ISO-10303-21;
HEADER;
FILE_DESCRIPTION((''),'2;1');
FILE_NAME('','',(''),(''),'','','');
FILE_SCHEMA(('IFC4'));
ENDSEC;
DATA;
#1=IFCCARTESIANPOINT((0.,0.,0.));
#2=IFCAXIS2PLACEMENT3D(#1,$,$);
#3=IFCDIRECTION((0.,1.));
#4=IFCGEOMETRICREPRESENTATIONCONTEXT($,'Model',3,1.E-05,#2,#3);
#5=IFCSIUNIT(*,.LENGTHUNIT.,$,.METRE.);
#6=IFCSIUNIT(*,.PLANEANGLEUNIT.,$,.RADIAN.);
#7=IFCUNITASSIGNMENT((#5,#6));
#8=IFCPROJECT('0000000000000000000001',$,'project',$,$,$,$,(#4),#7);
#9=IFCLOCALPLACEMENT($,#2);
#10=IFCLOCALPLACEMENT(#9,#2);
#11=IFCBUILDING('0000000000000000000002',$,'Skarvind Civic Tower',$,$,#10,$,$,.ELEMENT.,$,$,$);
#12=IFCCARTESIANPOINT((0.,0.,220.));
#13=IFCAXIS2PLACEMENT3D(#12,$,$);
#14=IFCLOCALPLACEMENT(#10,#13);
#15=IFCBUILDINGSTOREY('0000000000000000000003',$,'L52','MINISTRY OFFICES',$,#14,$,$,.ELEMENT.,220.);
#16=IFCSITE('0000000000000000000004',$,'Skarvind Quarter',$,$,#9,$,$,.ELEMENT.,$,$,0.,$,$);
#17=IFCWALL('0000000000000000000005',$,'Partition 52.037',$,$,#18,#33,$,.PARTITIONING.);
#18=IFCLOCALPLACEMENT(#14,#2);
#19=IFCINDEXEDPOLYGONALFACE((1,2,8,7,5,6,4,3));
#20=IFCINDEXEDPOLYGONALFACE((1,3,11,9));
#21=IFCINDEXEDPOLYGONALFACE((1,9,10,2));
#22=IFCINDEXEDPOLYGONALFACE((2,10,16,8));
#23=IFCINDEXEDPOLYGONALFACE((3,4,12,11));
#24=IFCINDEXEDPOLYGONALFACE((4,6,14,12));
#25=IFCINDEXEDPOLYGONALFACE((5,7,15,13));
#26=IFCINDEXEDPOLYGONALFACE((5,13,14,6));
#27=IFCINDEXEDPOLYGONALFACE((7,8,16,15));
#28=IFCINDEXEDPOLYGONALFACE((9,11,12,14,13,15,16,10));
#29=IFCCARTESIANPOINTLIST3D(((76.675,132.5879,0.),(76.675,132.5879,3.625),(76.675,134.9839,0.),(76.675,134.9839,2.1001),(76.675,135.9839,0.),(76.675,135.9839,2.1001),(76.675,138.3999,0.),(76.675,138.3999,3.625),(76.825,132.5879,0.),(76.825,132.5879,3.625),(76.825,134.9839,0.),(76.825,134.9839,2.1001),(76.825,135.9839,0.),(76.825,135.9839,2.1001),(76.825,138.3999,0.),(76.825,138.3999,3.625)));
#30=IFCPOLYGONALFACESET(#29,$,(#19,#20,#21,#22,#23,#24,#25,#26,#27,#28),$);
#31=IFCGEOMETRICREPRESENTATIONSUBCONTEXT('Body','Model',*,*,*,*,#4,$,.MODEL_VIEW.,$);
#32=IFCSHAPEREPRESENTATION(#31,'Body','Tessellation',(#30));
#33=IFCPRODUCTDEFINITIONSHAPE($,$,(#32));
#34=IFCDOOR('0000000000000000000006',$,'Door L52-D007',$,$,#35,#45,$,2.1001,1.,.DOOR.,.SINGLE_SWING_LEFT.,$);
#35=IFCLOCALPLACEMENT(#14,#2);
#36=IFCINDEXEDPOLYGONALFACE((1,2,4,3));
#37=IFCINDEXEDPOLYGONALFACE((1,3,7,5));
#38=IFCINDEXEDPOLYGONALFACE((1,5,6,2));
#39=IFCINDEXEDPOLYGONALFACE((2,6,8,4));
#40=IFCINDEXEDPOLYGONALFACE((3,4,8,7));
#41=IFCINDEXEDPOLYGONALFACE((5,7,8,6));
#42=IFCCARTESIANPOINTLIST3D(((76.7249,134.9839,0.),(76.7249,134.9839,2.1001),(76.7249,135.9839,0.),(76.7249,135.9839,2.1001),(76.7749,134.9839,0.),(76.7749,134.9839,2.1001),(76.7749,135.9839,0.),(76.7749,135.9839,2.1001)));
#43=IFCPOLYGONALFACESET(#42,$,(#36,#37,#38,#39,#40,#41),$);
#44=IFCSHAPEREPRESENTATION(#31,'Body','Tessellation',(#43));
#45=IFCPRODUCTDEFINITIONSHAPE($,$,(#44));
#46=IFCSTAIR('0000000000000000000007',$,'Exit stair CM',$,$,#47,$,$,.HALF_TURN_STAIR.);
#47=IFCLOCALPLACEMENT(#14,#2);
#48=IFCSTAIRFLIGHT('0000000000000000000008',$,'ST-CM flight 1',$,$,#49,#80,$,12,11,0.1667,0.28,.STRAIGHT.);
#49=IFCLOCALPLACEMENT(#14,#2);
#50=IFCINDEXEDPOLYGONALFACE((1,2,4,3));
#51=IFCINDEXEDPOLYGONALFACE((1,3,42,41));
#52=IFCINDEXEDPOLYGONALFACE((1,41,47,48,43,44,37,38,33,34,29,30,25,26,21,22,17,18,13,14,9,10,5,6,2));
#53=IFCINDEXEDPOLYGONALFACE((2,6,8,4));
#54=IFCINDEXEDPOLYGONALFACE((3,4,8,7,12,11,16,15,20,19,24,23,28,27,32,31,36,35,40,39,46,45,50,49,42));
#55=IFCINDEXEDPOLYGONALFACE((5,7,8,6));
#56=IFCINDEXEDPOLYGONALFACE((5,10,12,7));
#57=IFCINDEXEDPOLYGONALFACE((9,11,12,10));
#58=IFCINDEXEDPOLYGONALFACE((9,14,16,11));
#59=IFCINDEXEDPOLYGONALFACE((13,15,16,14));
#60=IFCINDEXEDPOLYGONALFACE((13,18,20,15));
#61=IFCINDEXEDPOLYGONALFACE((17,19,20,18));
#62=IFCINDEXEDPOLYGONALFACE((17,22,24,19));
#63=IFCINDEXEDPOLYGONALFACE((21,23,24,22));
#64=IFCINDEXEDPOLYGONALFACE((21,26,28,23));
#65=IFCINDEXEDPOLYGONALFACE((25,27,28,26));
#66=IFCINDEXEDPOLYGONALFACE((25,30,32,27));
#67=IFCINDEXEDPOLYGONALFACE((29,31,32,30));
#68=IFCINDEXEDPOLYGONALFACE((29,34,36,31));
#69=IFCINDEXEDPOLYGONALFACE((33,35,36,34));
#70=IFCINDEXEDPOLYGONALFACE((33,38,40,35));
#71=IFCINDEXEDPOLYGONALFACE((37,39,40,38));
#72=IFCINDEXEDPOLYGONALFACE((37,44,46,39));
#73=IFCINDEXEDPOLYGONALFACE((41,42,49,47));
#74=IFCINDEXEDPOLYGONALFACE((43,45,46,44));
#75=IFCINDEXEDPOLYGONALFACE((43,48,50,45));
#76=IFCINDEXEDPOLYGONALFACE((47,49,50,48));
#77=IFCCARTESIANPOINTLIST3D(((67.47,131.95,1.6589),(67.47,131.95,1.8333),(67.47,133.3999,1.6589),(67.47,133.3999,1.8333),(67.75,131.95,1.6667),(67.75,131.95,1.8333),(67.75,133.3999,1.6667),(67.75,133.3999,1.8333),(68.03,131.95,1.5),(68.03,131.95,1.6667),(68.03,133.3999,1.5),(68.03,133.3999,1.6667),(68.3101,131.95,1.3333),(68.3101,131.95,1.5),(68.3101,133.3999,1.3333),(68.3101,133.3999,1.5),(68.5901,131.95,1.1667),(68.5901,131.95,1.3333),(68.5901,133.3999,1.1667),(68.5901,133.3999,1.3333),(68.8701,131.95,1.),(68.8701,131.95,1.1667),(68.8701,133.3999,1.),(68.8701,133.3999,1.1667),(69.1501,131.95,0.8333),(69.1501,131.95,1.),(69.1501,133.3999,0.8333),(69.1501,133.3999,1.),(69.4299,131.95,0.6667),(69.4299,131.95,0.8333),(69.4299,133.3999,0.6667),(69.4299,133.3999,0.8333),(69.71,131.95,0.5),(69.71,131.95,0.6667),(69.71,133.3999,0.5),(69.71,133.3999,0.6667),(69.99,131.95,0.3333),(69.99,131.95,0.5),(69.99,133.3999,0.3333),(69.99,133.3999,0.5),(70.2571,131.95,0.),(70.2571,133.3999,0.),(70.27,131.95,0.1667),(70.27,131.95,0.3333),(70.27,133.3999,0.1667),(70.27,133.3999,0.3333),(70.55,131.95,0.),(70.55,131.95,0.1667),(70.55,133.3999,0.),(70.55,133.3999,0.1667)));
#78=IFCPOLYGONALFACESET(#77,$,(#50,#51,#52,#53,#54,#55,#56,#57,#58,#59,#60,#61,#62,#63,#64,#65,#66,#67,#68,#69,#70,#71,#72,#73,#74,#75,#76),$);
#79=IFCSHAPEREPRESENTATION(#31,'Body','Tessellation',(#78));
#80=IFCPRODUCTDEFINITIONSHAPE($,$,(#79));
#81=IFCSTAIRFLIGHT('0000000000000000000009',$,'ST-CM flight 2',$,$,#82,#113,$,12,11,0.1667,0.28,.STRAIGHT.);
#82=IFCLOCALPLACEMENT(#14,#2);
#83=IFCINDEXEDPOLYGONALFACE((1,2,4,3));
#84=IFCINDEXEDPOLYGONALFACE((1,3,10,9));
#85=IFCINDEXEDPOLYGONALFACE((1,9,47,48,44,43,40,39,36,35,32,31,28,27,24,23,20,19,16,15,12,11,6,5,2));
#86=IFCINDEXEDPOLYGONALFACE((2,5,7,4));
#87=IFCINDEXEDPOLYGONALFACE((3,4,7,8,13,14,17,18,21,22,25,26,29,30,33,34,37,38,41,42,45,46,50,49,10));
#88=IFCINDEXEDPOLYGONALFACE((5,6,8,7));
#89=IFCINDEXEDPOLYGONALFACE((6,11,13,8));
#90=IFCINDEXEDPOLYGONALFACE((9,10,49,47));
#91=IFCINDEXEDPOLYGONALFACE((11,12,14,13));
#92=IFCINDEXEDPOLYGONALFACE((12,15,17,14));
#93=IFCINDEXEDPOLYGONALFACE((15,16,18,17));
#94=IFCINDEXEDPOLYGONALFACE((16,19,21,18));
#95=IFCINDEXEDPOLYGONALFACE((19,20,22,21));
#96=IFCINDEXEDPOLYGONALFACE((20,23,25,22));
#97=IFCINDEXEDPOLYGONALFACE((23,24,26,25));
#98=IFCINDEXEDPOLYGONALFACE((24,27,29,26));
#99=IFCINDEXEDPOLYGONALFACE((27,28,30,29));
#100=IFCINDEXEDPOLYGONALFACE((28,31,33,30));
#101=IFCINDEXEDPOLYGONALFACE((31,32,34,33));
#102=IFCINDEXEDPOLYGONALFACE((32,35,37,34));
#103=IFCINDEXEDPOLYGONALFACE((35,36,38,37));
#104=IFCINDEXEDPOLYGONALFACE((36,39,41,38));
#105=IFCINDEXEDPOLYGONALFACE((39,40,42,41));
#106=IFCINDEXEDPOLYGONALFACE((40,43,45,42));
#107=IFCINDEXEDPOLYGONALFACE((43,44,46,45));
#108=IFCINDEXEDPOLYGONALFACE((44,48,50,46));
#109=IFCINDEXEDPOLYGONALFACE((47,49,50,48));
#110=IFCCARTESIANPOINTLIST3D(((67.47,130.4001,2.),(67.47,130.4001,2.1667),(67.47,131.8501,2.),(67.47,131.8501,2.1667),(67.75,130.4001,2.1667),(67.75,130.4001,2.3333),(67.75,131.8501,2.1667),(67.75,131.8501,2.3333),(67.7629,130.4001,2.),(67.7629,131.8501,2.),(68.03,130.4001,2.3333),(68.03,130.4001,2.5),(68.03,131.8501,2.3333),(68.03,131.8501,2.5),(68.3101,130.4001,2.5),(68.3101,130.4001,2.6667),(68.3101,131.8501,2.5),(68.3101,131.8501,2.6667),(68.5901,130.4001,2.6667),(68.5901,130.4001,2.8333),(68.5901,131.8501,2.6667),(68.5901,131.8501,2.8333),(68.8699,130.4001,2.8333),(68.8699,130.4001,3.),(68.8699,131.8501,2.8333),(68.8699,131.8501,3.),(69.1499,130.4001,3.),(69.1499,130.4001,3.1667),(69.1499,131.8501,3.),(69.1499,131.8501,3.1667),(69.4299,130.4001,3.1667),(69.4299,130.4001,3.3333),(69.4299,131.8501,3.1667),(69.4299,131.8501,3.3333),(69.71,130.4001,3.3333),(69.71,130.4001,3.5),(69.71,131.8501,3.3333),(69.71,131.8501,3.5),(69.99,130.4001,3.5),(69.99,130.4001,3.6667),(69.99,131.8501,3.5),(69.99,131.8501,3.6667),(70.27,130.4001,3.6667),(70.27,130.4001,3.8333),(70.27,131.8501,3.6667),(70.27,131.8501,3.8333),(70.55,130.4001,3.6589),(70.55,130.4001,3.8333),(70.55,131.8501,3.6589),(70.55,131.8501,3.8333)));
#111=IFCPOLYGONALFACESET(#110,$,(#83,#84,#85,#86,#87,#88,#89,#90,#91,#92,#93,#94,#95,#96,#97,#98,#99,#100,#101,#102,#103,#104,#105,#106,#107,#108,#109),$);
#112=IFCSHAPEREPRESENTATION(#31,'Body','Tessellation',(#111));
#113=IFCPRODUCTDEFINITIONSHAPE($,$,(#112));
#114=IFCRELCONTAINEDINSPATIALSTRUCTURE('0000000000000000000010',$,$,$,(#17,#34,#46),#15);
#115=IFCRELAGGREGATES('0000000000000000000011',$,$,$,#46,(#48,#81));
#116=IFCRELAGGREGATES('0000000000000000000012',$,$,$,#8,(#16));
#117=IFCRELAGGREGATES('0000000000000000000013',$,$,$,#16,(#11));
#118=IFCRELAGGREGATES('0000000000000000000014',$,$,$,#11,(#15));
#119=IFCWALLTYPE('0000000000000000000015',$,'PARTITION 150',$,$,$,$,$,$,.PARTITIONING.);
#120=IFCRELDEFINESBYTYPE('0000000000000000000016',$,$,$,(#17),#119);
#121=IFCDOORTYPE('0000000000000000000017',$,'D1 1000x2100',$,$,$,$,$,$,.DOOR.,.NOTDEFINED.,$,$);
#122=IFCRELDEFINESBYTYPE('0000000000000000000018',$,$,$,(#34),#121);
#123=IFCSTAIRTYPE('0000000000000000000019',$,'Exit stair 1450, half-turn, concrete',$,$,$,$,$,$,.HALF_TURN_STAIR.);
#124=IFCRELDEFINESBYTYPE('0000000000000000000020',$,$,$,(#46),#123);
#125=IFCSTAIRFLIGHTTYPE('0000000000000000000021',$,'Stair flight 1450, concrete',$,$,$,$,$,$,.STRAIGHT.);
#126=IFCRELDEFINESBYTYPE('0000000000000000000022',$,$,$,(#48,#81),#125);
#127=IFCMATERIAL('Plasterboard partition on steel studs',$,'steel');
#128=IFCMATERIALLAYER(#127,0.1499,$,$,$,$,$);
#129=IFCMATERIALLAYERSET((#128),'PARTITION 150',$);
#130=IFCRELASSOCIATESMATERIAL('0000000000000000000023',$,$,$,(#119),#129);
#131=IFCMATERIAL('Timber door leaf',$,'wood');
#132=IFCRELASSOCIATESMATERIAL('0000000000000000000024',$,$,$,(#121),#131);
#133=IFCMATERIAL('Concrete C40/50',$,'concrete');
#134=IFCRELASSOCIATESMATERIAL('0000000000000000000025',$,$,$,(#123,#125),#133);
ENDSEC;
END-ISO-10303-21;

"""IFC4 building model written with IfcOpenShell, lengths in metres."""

from ifc_helpers import new_model, si_unit, direction, frame, frame_2d, origin, place, context, subcontext, project, spatial, polyline, rectangle, outline, extrude, material, layer, layer_set, type_object, element, fill, aggregate, save


model = new_model("IFC4")

# Units and contexts
model_context = context("Model", 3, precision=1e-05, world=origin(), true_north=direction((0.0, 1.0)))
body_context = subcontext(model_context, "Body", "Model", "MODEL_VIEW")
ifc_project = project(units=[si_unit("LENGTHUNIT", "METRE"), si_unit("PLANEANGLEUNIT", "RADIAN")], contexts=[model_context])

# Site, building, storey
site_placement = place(None, origin())
site = spatial("IfcSite", under=ifc_project, at=site_placement, Name="Skarvind Quarter", CompositionType="ELEMENT", RefElevation=0.0)
building_placement = place(site_placement, origin())
building = spatial("IfcBuilding", under=site, at=building_placement, Name="Skarvind Civic Tower", CompositionType="ELEMENT")
storey_placement = place(building_placement, frame((0.0, 0.0, 220.0)))
storey = spatial("IfcBuildingStorey", under=building, at=storey_placement, Name="L52", Description="MINISTRY OFFICES", CompositionType="ELEMENT", Elevation=220.0)

# Shared definitions
ifc_material_1 = material(Name="Timber door leaf", Category="wood")

# Shared definitions
ifc_material_2 = material(Name="Plasterboard partition on steel studs", Category="steel")
ifc_layer_1 = layer(ifc_material_2, 0.1499)
ifc_layer_set_1 = layer_set([ifc_layer_1], Name="PARTITION 150")
wall_type_1 = type_object("IfcWallType", Name="PARTITION 150", PredefinedType="PARTITIONING", material=ifc_layer_set_1)
door_type_1 = type_object("IfcDoorType", Name="D1 1000x2100", OperationType="NOTDEFINED", PredefinedType="DOOR", material=ifc_material_1)

# Wall, opening, door
wall_1_placement = place(storey_placement, frame((76.75, 138.3999, 0.0), z_axis=(0.0, 0.0, 1.0), x_axis=(0.0, -1.0, 0.0)))
wall_1 = element("IfcWall", 1, at=wall_1_placement, inside=storey, type_object=wall_type_1, Name="Partition 52.037", PredefinedType="PARTITIONING", context=body_context, shape_type="SweptSolid", body=[
    extrude(rectangle(XDim=5.812, YDim=0.1499, at=frame_2d((2.906, 0.0))), origin(), (0.0, 0.0, 1.0), 3.625),
])
opening_1_placement = place(wall_1_placement, frame((2.416, 0.0, 0.0)))
opening_1 = element("IfcOpeningElement", 2, at=opening_1_placement, cuts=wall_1, PredefinedType="OPENING", context=body_context, shape_type="SweptSolid", body=[
    extrude(rectangle(XDim=1.0, YDim=2.1001, at=frame_2d((0.5, 1.05))), frame((0.0, 0.085, 0.0), z_axis=(0.0, -1.0, 0.0), x_axis=(1.0, 0.0, 0.0)), (0.0, 0.0, 1.0), 0.1699),
])
door_1_placement = place(opening_1_placement, origin())
door_1 = element("IfcDoor", 3, at=door_1_placement, inside=storey, type_object=door_type_1, Name="Door L52-D007", OperationType="SINGLE_SWING_LEFT", OverallHeight=2.1001, OverallWidth=1.0, PredefinedType="DOOR", context=body_context, shape_type="SweptSolid", body=[
    extrude(rectangle(XDim=1.0, YDim=2.1001, at=frame_2d((0.5, 1.05))), frame((0.0, 0.0249, 0.0), z_axis=(0.0, -1.0, 0.0), x_axis=(1.0, 0.0, 0.0)), (0.0, 0.0, 1.0), 0.05),
])
fill(opening_1, door_1)

# Stair, stair flights
ifc_material_3 = material(Name="Concrete C40/50", Category="concrete")
stair_type = type_object("IfcStairType", Name="Exit stair 1450, half-turn, concrete", PredefinedType="HALF_TURN_STAIR", material=ifc_material_3)
stair_placement = place(storey_placement, origin())
stair = element("IfcStair", 4, at=stair_placement, inside=storey, type_object=stair_type, Name="Exit stair CM", PredefinedType="HALF_TURN_STAIR")
stair_flight_type = type_object("IfcStairFlightType", Name="Stair flight 1450, concrete", PredefinedType="STRAIGHT", material=ifc_material_3)
stair_flight_1_placement = place(storey_placement, frame((70.55, 132.675, 0.0), z_axis=(0.0, 0.0, 1.0), x_axis=(-1.0, 0.0, 0.0)))
stair_flight_1 = element("IfcStairFlight", 5, at=stair_flight_1_placement, type_object=stair_flight_type, Name="ST-CM flight 1", NumberOfRisers=12, NumberOfTreads=11, PredefinedType="STRAIGHT", RiserHeight=0.1667, TreadLength=0.28, context=body_context, shape_type="SweptSolid", body=[
    extrude(outline(polyline([(0.0, 0.0), (0.0, 0.1667), (0.28, 0.1667), (0.28, 0.3333), (0.5601, 0.3333), (0.5601, 0.5), (0.8401, 0.5), (0.8401, 0.6667), (1.1201, 0.6667), (1.1201, 0.8333), (1.3999, 0.8333), (1.3999, 1.0), (1.6799, 1.0), (1.6799, 1.1667), (1.96, 1.1667), (1.96, 1.3333), (2.24, 1.3333), (2.24, 1.5), (2.52, 1.5), (2.52, 1.6667), (2.8, 1.6667), (2.8, 1.8333), (3.0801, 1.8333), (3.0801, 2.0), (3.0801, 1.6589), (0.293, 0.0), (0.0, 0.0)])), frame((0.0, 0.7251, 0.0), z_axis=(0.0, -1.0, 0.0), x_axis=(1.0, 0.0, 0.0)), (0.0, 0.0, 1.0), 1.45),
])
stair_flight_2_placement = place(storey_placement, frame((67.47, 131.125, 2.0), z_axis=(0.0, 0.0, 1.0), x_axis=(1.0, 0.0, 0.0)))
stair_flight_2 = element("IfcStairFlight", 6, at=stair_flight_2_placement, type_object=stair_flight_type, Name="ST-CM flight 2", NumberOfRisers=12, NumberOfTreads=11, PredefinedType="STRAIGHT", RiserHeight=0.1667, TreadLength=0.28, context=body_context, shape_type="SweptSolid", body=[
    extrude(outline(polyline([(0.0, 0.0), (0.0, 0.1667), (0.28, 0.1667), (0.28, 0.3333), (0.5601, 0.3333), (0.5601, 0.5), (0.8401, 0.5), (0.8401, 0.6667), (1.1201, 0.6667), (1.1201, 0.8333), (1.3999, 0.8333), (1.3999, 1.0), (1.6799, 1.0), (1.6799, 1.1667), (1.96, 1.1667), (1.96, 1.3333), (2.24, 1.3333), (2.24, 1.5), (2.52, 1.5), (2.52, 1.6667), (2.8, 1.6667), (2.8, 1.8333), (3.0801, 1.8333), (3.0801, 2.0), (3.0801, 1.6589), (0.293, 0.0), (0.0, 0.0)])), frame((0.0, 0.7251, 0.0), z_axis=(0.0, -1.0, 0.0), x_axis=(1.0, 0.0, 0.0)), (0.0, 0.0, 1.0), 1.45),
])
aggregate(stair, [stair_flight_1, stair_flight_2])

save(model, "model.ifc")
